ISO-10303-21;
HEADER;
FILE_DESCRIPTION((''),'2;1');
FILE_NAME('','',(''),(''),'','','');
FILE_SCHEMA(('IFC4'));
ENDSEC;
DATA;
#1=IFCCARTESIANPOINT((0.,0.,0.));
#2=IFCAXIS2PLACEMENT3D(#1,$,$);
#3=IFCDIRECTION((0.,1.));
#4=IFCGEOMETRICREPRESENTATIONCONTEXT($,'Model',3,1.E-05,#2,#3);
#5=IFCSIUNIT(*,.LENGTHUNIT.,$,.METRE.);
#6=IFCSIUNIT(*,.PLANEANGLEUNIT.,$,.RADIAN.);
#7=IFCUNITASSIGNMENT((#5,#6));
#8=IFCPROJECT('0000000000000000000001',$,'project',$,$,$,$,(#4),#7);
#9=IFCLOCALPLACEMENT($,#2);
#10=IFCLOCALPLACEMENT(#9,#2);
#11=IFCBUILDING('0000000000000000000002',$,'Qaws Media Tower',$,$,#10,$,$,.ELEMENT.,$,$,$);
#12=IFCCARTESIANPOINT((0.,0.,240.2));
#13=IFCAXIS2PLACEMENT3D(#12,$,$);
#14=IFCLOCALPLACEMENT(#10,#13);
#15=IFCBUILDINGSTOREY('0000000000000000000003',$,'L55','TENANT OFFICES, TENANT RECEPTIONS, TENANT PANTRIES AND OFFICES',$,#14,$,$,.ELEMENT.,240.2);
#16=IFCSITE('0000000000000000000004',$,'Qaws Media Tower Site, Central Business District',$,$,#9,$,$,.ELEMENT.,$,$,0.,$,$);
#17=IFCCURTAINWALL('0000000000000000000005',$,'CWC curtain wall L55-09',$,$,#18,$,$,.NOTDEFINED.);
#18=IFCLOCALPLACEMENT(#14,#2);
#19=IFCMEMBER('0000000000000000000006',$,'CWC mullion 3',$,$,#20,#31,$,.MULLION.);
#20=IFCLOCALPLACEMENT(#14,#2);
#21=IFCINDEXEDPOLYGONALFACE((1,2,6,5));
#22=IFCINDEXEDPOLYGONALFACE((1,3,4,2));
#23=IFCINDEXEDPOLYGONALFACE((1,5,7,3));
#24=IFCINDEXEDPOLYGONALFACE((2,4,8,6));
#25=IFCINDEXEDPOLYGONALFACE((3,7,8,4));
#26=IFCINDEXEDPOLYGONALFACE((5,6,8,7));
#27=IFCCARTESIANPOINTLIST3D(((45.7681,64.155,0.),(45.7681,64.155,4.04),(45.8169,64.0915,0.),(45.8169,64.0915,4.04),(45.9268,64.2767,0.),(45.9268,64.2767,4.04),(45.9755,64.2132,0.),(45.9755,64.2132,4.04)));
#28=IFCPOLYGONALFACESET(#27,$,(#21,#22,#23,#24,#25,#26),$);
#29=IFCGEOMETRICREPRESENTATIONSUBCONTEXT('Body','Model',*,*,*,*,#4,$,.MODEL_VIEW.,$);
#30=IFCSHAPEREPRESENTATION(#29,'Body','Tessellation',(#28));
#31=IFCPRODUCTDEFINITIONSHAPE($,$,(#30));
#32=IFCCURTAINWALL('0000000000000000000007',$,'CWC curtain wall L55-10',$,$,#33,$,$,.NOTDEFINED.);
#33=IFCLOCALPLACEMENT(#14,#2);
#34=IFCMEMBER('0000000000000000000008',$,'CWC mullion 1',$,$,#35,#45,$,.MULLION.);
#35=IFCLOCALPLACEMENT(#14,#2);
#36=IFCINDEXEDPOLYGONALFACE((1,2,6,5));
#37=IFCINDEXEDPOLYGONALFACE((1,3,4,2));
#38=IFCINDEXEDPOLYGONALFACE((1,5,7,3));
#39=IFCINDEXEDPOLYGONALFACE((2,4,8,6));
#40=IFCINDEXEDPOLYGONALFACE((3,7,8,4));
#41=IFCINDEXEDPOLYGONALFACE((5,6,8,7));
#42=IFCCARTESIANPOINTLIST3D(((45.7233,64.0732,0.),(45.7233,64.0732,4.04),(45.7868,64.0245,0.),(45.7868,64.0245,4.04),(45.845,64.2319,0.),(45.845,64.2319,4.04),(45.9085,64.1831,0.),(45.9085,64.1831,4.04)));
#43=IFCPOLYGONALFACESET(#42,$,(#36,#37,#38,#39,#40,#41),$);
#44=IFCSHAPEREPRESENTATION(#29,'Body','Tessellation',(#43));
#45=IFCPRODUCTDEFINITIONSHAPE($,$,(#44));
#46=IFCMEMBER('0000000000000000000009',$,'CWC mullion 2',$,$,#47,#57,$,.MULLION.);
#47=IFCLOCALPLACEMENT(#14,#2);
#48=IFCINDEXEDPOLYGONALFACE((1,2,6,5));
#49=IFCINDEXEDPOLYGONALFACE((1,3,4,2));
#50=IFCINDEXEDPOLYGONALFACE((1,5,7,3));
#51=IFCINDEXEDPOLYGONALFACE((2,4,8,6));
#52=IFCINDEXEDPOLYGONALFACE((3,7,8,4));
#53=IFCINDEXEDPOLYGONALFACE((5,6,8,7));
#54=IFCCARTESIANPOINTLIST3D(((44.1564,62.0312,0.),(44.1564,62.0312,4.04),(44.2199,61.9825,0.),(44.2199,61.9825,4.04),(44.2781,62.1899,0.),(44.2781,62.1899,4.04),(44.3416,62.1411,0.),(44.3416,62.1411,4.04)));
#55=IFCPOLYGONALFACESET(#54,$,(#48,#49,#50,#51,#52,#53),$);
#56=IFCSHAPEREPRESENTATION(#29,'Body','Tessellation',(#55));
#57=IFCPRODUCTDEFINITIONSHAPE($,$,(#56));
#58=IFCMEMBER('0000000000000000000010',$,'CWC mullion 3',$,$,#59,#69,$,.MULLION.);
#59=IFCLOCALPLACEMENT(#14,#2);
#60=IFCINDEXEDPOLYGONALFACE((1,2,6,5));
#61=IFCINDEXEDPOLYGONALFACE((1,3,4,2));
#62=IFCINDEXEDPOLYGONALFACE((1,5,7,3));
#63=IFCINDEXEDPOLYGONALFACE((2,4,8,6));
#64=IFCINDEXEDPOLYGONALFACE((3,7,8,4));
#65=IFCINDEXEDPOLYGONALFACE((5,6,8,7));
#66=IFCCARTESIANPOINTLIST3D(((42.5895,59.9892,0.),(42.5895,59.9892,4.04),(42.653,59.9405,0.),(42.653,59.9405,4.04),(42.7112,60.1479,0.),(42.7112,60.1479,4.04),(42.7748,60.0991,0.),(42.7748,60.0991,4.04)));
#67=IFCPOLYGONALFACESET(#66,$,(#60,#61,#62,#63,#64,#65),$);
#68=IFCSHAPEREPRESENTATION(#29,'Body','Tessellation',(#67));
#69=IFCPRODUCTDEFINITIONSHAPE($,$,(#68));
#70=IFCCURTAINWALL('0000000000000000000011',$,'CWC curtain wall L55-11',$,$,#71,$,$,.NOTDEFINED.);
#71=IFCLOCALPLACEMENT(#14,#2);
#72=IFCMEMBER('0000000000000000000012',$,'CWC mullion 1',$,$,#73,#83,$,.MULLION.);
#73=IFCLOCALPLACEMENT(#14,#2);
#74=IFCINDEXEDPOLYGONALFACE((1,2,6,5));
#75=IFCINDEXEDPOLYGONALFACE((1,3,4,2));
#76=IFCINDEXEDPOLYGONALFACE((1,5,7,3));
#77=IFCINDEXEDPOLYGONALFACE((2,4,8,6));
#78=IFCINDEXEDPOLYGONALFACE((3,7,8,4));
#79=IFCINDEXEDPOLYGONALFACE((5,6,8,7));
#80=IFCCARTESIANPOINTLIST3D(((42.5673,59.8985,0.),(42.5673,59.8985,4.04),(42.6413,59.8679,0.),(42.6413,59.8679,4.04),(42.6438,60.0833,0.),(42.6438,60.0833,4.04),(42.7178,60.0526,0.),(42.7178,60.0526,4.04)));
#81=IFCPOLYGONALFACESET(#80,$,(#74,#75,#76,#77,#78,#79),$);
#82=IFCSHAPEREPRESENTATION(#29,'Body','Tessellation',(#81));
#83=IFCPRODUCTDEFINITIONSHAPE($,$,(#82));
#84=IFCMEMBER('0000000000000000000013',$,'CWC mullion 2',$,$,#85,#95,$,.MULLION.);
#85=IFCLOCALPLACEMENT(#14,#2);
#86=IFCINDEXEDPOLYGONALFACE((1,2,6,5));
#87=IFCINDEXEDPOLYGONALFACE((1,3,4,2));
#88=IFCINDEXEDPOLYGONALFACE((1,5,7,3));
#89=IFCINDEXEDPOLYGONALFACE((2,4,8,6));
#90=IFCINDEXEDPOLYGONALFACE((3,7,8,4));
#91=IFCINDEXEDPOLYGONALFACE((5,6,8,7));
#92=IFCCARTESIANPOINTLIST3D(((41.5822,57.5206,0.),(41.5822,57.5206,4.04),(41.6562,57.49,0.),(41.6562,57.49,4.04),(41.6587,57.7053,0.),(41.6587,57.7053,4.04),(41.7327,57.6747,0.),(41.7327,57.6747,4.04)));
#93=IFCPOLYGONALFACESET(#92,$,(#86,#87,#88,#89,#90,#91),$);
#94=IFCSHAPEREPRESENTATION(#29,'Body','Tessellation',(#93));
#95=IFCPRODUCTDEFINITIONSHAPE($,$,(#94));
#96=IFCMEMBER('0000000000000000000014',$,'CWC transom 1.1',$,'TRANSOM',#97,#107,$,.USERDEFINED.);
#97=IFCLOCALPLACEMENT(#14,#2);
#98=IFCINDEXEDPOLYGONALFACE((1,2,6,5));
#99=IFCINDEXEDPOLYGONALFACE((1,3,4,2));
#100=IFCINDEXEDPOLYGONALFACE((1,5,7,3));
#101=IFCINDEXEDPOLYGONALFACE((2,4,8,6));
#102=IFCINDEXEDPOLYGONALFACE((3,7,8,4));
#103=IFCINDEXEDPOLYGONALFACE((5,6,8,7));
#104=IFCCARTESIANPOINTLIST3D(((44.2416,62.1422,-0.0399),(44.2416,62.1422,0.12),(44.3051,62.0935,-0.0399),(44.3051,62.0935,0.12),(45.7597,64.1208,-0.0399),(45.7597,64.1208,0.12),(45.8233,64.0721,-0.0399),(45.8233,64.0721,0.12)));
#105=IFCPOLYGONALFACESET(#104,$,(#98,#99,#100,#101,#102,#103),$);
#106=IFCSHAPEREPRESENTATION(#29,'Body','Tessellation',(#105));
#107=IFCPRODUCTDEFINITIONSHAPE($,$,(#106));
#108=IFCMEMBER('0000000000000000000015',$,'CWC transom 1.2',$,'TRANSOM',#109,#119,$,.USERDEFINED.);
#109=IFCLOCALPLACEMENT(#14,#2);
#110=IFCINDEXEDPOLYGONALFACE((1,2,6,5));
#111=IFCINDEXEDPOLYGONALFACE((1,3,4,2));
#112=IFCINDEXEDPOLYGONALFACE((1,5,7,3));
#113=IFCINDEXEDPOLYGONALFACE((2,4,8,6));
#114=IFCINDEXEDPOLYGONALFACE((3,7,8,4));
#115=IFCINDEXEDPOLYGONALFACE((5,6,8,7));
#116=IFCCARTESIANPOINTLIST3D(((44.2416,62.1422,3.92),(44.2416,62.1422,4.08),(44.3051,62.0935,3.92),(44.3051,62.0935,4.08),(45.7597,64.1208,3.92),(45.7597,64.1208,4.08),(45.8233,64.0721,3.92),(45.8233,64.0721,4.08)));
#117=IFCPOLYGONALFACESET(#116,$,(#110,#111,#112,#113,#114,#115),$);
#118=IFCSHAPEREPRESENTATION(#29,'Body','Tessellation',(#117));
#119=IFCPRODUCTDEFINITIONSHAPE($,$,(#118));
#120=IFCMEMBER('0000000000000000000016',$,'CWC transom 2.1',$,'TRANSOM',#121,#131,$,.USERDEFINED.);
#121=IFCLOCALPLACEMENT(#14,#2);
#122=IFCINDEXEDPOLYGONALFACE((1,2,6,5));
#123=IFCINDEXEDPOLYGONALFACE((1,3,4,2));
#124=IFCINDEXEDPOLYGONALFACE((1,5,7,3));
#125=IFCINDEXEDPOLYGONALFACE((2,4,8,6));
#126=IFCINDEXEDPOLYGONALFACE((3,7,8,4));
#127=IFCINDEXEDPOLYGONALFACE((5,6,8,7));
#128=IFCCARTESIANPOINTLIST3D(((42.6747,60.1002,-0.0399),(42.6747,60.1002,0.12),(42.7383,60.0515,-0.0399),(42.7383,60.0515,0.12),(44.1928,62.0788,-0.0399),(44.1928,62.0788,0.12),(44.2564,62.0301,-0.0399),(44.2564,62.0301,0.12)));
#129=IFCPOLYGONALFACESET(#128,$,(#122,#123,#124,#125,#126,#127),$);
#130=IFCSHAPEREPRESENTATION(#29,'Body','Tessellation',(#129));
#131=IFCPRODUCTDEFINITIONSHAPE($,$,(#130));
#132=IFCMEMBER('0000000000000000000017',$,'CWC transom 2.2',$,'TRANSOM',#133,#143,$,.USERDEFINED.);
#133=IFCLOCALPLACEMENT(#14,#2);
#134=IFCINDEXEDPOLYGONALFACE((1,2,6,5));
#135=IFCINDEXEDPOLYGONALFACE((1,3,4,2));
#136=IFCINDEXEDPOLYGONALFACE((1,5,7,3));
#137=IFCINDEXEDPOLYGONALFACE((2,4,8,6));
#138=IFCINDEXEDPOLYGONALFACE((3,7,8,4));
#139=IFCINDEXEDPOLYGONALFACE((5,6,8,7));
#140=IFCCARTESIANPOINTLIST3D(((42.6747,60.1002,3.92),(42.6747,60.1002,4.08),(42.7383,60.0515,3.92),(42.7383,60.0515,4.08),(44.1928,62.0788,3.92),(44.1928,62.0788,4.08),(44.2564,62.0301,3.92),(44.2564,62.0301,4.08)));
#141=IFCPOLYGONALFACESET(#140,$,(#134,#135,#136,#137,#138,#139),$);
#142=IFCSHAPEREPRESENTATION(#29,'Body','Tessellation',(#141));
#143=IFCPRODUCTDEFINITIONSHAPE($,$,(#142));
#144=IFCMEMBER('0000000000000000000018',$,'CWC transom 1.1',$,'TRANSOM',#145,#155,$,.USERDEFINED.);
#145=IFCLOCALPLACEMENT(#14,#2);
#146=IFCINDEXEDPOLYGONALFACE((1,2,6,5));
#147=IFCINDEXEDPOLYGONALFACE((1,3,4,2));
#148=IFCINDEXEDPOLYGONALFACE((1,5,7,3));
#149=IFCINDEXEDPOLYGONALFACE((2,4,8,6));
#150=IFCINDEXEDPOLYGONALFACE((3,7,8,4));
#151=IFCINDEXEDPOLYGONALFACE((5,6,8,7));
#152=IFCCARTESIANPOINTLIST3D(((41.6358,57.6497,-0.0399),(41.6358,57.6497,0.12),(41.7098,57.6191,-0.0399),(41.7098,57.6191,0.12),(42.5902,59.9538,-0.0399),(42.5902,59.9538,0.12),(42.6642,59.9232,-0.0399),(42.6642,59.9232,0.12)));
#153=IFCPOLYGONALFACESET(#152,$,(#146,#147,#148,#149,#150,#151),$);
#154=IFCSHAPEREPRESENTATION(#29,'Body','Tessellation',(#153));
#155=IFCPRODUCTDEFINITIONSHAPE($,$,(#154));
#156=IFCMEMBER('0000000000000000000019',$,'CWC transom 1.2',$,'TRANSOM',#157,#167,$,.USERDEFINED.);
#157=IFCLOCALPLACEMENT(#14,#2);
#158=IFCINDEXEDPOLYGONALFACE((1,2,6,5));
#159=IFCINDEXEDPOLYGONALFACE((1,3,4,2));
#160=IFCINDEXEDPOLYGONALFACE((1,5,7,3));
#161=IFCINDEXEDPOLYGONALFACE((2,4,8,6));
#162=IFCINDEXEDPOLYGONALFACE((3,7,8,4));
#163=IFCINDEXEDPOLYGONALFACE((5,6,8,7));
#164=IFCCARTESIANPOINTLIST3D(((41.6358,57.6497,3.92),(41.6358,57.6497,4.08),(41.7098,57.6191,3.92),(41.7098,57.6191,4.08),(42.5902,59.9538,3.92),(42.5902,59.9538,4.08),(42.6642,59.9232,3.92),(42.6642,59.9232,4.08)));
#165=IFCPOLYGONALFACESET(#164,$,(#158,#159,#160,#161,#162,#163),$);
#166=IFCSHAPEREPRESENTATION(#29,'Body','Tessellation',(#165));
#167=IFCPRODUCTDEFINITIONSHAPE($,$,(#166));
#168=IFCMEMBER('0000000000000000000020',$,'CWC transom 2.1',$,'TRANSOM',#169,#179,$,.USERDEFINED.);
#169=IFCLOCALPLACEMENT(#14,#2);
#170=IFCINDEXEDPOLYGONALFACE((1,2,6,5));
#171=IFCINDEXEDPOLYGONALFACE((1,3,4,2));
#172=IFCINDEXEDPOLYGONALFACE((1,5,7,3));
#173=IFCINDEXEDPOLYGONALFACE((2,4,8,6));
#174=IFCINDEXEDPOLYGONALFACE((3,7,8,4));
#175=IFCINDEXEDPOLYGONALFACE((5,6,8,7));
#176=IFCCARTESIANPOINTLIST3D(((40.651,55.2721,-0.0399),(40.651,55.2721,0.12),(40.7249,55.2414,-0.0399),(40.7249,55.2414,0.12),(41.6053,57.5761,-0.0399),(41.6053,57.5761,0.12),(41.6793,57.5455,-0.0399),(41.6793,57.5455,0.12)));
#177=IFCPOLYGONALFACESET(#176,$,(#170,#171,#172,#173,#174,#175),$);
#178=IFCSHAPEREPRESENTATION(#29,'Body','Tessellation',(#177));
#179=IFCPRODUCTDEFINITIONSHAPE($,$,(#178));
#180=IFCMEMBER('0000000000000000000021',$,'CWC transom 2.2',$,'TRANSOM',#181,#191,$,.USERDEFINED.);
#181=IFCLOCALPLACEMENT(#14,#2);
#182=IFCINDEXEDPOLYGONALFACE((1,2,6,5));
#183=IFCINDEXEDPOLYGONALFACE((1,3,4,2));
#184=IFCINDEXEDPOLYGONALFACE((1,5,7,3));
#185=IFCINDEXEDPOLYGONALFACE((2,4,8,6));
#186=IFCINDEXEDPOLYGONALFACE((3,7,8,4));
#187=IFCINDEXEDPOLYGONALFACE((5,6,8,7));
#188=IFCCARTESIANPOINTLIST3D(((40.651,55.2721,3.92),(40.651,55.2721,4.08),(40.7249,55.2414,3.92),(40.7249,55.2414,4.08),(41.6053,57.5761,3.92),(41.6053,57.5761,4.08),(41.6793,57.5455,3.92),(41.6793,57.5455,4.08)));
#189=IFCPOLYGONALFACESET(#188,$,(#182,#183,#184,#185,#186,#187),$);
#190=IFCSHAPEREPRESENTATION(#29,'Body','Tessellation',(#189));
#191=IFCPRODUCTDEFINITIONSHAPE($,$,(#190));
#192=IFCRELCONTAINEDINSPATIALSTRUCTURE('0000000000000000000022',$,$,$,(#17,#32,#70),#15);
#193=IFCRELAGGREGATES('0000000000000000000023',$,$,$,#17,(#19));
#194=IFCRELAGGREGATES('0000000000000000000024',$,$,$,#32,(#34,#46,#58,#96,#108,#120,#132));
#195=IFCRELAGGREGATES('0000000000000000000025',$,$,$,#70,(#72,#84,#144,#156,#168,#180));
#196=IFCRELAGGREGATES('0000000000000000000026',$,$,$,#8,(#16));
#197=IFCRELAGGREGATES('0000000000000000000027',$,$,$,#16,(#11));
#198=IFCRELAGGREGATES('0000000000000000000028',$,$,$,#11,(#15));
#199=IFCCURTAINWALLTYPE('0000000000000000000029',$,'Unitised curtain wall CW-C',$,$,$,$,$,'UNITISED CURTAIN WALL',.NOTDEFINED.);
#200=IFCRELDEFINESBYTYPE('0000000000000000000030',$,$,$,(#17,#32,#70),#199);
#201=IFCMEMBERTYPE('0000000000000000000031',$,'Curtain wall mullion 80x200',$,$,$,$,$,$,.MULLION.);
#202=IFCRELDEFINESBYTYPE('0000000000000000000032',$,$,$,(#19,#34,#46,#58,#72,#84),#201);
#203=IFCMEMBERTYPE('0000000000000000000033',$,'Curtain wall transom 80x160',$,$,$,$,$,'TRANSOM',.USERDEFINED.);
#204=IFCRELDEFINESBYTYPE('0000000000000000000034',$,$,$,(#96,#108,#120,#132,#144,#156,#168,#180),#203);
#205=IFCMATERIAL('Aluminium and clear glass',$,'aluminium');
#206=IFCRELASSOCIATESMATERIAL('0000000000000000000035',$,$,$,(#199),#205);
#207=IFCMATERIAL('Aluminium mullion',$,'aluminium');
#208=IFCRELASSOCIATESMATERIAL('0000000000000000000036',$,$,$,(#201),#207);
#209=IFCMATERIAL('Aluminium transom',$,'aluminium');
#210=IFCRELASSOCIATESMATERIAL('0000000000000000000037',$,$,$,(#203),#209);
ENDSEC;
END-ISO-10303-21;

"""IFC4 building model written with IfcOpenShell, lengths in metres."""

from ifc_helpers import new_model, si_unit, direction, frame, origin, origin_2d, place, context, subcontext, project, spatial, rectangle, extrude, material, material_profile, profile_set, type_object, element, aggregate, save


model = new_model("IFC4")

# Units and contexts
model_context = context("Model", 3, precision=1e-05, world=origin(), true_north=direction((0.0, 1.0)))
body_context = subcontext(model_context, "Body", "Model", "MODEL_VIEW")
ifc_project = project(units=[si_unit("LENGTHUNIT", "METRE"), si_unit("PLANEANGLEUNIT", "RADIAN")], contexts=[model_context])

# Site, building, storey
site_placement = place(None, origin())
site = spatial("IfcSite", under=ifc_project, at=site_placement, Name="Qaws Media Tower Site, Central Business District", CompositionType="ELEMENT", RefElevation=0.0)
building_placement = place(site_placement, origin())
building = spatial("IfcBuilding", under=site, at=building_placement, Name="Qaws Media Tower", CompositionType="ELEMENT")
storey_placement = place(building_placement, frame((0.0, 0.0, 240.2)))
storey = spatial("IfcBuildingStorey", under=building, at=storey_placement, Name="L55", Description="TENANT OFFICES, TENANT RECEPTIONS, TENANT PANTRIES AND OFFICES", CompositionType="ELEMENT", Elevation=240.2)

# Curtain wall, member
ifc_material_1 = material(Name="Aluminium and clear glass", Category="aluminium")
curtain_wall_type = type_object("IfcCurtainWallType", Name="Unitised curtain wall CW-C", ElementType="UNITISED CURTAIN WALL", PredefinedType="NOTDEFINED", material=ifc_material_1)
curtain_wall_1_placement = place(storey_placement, origin())
curtain_wall_1 = element("IfcCurtainWall", 1, at=curtain_wall_1_placement, inside=storey, type_object=curtain_wall_type, Name="CWC curtain wall L55-09", PredefinedType="NOTDEFINED")
ifc_material_2 = material(Name="Aluminium mullion", Category="aluminium")
ifc_material_profile_1 = material_profile(ifc_material_2, rectangle(XDim=0.0801, YDim=0.2, at=origin_2d()), Name="80x200")
ifc_profile_set_1 = profile_set([ifc_material_profile_1], Name="Aluminium mullion")
member_type_1 = type_object("IfcMemberType", Name="Curtain wall mullion 80x200", PredefinedType="MULLION", material=ifc_profile_set_1)
member_1_placement = place(storey_placement, frame((45.8718, 64.1841, 0.0), z_axis=(0.0, 0.0, 1.0), x_axis=(0.608762, -0.793353, 0.0)))
member_1 = element("IfcMember", 2, at=member_1_placement, type_object=member_type_1, Name="CWC mullion 3", PredefinedType="MULLION", context=body_context, shape_type="SweptSolid", body=[
    extrude(rectangle(XDim=0.0801, YDim=0.2, at=origin_2d()), origin(), (0.0, 0.0, 1.0), 4.04),
])
aggregate(curtain_wall_1, [member_1])

# Curtain walls, members
curtain_wall_2_placement = place(storey_placement, origin())
curtain_wall_2 = element("IfcCurtainWall", 3, at=curtain_wall_2_placement, inside=storey, type_object=curtain_wall_type, Name="CWC curtain wall L55-10", PredefinedType="NOTDEFINED")
member_2_placement = place(storey_placement, frame((45.8159, 64.1282, 0.0), z_axis=(0.0, 0.0, 1.0), x_axis=(0.793353, -0.608762, 0.0)))
member_2 = element("IfcMember", 4, at=member_2_placement, type_object=member_type_1, Name="CWC mullion 1", PredefinedType="MULLION", context=body_context, shape_type="SweptSolid", body=[
    extrude(rectangle(XDim=0.0801, YDim=0.2, at=origin_2d()), origin(), (0.0, 0.0, 1.0), 4.04),
])
member_3_placement = place(storey_placement, frame((44.249, 62.0862, 0.0), z_axis=(0.0, 0.0, 1.0), x_axis=(0.793353, -0.608762, 0.0)))
member_3 = element("IfcMember", 5, at=member_3_placement, type_object=member_type_1, Name="CWC mullion 2", PredefinedType="MULLION", context=body_context, shape_type="SweptSolid", body=[
    extrude(rectangle(XDim=0.0801, YDim=0.2, at=origin_2d()), origin(), (0.0, 0.0, 1.0), 4.04),
])
member_4_placement = place(storey_placement, frame((42.6821, 60.0442, 0.0), z_axis=(0.0, 0.0, 1.0), x_axis=(0.793353, -0.608762, 0.0)))
member_4 = element("IfcMember", 6, at=member_4_placement, type_object=member_type_1, Name="CWC mullion 3", PredefinedType="MULLION", context=body_context, shape_type="SweptSolid", body=[
    extrude(rectangle(XDim=0.0801, YDim=0.2, at=origin_2d()), origin(), (0.0, 0.0, 1.0), 4.04),
])
curtain_wall_3_placement = place(storey_placement, origin())
curtain_wall_3 = element("IfcCurtainWall", 7, at=curtain_wall_3_placement, inside=storey, type_object=curtain_wall_type, Name="CWC curtain wall L55-11", PredefinedType="NOTDEFINED")
member_5_placement = place(storey_placement, frame((42.6426, 59.9756, 0.0), z_axis=(0.0, 0.0, 1.0), x_axis=(0.92388, -0.382683, 0.0)))
member_5 = element("IfcMember", 8, at=member_5_placement, type_object=member_type_1, Name="CWC mullion 1", PredefinedType="MULLION", context=body_context, shape_type="SweptSolid", body=[
    extrude(rectangle(XDim=0.0801, YDim=0.2, at=origin_2d()), origin(), (0.0, 0.0, 1.0), 4.04),
])
member_6_placement = place(storey_placement, frame((41.6575, 57.5977, 0.0), z_axis=(0.0, 0.0, 1.0), x_axis=(0.92388, -0.382683, 0.0)))
member_6 = element("IfcMember", 9, at=member_6_placement, type_object=member_type_1, Name="CWC mullion 2", PredefinedType="MULLION", context=body_context, shape_type="SweptSolid", body=[
    extrude(rectangle(XDim=0.0801, YDim=0.2, at=origin_2d()), origin(), (0.0, 0.0, 1.0), 4.04),
])

# Members
ifc_material_3 = material(Name="Aluminium transom", Category="aluminium")
ifc_material_profile_2 = material_profile(ifc_material_3, rectangle(XDim=0.0801, YDim=0.1599, at=origin_2d()), Name="80x160")
ifc_profile_set_2 = profile_set([ifc_material_profile_2], Name="Aluminium transom")
member_type_2 = type_object("IfcMemberType", Name="Curtain wall transom 80x160", ElementType="TRANSOM", PredefinedType="USERDEFINED", material=ifc_profile_set_2)
member_7_placement = place(storey_placement, frame((45.7915, 64.0964, 0.04), z_axis=(-0.608736, -0.793373, 0.0), x_axis=(0.793373, -0.608736, 0.0)))
member_7 = element("IfcMember", 10, at=member_7_placement, type_object=member_type_2, Name="CWC transom 1.1", ObjectType="TRANSOM", PredefinedType="USERDEFINED", context=body_context, shape_type="SweptSolid", body=[
    extrude(rectangle(XDim=0.0801, YDim=0.1599, at=origin_2d()), origin(), (0.0, 0.0, 1.0), 2.4939),
])
member_8_placement = place(storey_placement, frame((45.7915, 64.0964, 4.0), z_axis=(-0.608736, -0.793373, 0.0), x_axis=(0.793373, -0.608736, 0.0)))
member_8 = element("IfcMember", 11, at=member_8_placement, type_object=member_type_2, Name="CWC transom 1.2", ObjectType="TRANSOM", PredefinedType="USERDEFINED", context=body_context, shape_type="SweptSolid", body=[
    extrude(rectangle(XDim=0.0801, YDim=0.1599, at=origin_2d()), origin(), (0.0, 0.0, 1.0), 2.4939),
])
member_9_placement = place(storey_placement, frame((44.2246, 62.0544, 0.04), z_axis=(-0.608736, -0.793373, 0.0), x_axis=(0.793373, -0.608736, 0.0)))
member_9 = element("IfcMember", 12, at=member_9_placement, type_object=member_type_2, Name="CWC transom 2.1", ObjectType="TRANSOM", PredefinedType="USERDEFINED", context=body_context, shape_type="SweptSolid", body=[
    extrude(rectangle(XDim=0.0801, YDim=0.1599, at=origin_2d()), origin(), (0.0, 0.0, 1.0), 2.4939),
])
member_10_placement = place(storey_placement, frame((44.2246, 62.0544, 4.0), z_axis=(-0.608736, -0.793373, 0.0), x_axis=(0.793373, -0.608736, 0.0)))
member_10 = element("IfcMember", 13, at=member_10_placement, type_object=member_type_2, Name="CWC transom 2.2", ObjectType="TRANSOM", PredefinedType="USERDEFINED", context=body_context, shape_type="SweptSolid", body=[
    extrude(rectangle(XDim=0.0801, YDim=0.1599, at=origin_2d()), origin(), (0.0, 0.0, 1.0), 2.4939),
])
member_11_placement = place(storey_placement, frame((42.6272, 59.9385, 0.04), z_axis=(-0.382689, -0.923877, 0.0), x_axis=(0.923877, -0.382689, 0.0)))
member_11 = element("IfcMember", 14, at=member_11_placement, type_object=member_type_2, Name="CWC transom 1.1", ObjectType="TRANSOM", PredefinedType="USERDEFINED", context=body_context, shape_type="SweptSolid", body=[
    extrude(rectangle(XDim=0.0801, YDim=0.1599, at=origin_2d()), origin(), (0.0, 0.0, 1.0), 2.4939),
])
member_12_placement = place(storey_placement, frame((42.6272, 59.9385, 4.0), z_axis=(-0.382689, -0.923877, 0.0), x_axis=(0.923877, -0.382689, 0.0)))
member_12 = element("IfcMember", 15, at=member_12_placement, type_object=member_type_2, Name="CWC transom 1.2", ObjectType="TRANSOM", PredefinedType="USERDEFINED", context=body_context, shape_type="SweptSolid", body=[
    extrude(rectangle(XDim=0.0801, YDim=0.1599, at=origin_2d()), origin(), (0.0, 0.0, 1.0), 2.4939),
])
member_13_placement = place(storey_placement, frame((41.6423, 57.5608, 0.04), z_axis=(-0.382689, -0.923877, 0.0), x_axis=(0.923877, -0.382689, 0.0)))
member_13 = element("IfcMember", 16, at=member_13_placement, type_object=member_type_2, Name="CWC transom 2.1", ObjectType="TRANSOM", PredefinedType="USERDEFINED", context=body_context, shape_type="SweptSolid", body=[
    extrude(rectangle(XDim=0.0801, YDim=0.1599, at=origin_2d()), origin(), (0.0, 0.0, 1.0), 2.4939),
])
member_14_placement = place(storey_placement, frame((41.6423, 57.5608, 4.0), z_axis=(-0.382689, -0.923877, 0.0), x_axis=(0.923877, -0.382689, 0.0)))
member_14 = element("IfcMember", 17, at=member_14_placement, type_object=member_type_2, Name="CWC transom 2.2", ObjectType="TRANSOM", PredefinedType="USERDEFINED", context=body_context, shape_type="SweptSolid", body=[
    extrude(rectangle(XDim=0.0801, YDim=0.1599, at=origin_2d()), origin(), (0.0, 0.0, 1.0), 2.4939),
])

aggregate(curtain_wall_2, [member_2, member_3, member_4, member_7, member_8, member_9, member_10])
aggregate(curtain_wall_3, [member_5, member_6, member_11, member_12, member_13, member_14])

save(model, "model.ifc")
